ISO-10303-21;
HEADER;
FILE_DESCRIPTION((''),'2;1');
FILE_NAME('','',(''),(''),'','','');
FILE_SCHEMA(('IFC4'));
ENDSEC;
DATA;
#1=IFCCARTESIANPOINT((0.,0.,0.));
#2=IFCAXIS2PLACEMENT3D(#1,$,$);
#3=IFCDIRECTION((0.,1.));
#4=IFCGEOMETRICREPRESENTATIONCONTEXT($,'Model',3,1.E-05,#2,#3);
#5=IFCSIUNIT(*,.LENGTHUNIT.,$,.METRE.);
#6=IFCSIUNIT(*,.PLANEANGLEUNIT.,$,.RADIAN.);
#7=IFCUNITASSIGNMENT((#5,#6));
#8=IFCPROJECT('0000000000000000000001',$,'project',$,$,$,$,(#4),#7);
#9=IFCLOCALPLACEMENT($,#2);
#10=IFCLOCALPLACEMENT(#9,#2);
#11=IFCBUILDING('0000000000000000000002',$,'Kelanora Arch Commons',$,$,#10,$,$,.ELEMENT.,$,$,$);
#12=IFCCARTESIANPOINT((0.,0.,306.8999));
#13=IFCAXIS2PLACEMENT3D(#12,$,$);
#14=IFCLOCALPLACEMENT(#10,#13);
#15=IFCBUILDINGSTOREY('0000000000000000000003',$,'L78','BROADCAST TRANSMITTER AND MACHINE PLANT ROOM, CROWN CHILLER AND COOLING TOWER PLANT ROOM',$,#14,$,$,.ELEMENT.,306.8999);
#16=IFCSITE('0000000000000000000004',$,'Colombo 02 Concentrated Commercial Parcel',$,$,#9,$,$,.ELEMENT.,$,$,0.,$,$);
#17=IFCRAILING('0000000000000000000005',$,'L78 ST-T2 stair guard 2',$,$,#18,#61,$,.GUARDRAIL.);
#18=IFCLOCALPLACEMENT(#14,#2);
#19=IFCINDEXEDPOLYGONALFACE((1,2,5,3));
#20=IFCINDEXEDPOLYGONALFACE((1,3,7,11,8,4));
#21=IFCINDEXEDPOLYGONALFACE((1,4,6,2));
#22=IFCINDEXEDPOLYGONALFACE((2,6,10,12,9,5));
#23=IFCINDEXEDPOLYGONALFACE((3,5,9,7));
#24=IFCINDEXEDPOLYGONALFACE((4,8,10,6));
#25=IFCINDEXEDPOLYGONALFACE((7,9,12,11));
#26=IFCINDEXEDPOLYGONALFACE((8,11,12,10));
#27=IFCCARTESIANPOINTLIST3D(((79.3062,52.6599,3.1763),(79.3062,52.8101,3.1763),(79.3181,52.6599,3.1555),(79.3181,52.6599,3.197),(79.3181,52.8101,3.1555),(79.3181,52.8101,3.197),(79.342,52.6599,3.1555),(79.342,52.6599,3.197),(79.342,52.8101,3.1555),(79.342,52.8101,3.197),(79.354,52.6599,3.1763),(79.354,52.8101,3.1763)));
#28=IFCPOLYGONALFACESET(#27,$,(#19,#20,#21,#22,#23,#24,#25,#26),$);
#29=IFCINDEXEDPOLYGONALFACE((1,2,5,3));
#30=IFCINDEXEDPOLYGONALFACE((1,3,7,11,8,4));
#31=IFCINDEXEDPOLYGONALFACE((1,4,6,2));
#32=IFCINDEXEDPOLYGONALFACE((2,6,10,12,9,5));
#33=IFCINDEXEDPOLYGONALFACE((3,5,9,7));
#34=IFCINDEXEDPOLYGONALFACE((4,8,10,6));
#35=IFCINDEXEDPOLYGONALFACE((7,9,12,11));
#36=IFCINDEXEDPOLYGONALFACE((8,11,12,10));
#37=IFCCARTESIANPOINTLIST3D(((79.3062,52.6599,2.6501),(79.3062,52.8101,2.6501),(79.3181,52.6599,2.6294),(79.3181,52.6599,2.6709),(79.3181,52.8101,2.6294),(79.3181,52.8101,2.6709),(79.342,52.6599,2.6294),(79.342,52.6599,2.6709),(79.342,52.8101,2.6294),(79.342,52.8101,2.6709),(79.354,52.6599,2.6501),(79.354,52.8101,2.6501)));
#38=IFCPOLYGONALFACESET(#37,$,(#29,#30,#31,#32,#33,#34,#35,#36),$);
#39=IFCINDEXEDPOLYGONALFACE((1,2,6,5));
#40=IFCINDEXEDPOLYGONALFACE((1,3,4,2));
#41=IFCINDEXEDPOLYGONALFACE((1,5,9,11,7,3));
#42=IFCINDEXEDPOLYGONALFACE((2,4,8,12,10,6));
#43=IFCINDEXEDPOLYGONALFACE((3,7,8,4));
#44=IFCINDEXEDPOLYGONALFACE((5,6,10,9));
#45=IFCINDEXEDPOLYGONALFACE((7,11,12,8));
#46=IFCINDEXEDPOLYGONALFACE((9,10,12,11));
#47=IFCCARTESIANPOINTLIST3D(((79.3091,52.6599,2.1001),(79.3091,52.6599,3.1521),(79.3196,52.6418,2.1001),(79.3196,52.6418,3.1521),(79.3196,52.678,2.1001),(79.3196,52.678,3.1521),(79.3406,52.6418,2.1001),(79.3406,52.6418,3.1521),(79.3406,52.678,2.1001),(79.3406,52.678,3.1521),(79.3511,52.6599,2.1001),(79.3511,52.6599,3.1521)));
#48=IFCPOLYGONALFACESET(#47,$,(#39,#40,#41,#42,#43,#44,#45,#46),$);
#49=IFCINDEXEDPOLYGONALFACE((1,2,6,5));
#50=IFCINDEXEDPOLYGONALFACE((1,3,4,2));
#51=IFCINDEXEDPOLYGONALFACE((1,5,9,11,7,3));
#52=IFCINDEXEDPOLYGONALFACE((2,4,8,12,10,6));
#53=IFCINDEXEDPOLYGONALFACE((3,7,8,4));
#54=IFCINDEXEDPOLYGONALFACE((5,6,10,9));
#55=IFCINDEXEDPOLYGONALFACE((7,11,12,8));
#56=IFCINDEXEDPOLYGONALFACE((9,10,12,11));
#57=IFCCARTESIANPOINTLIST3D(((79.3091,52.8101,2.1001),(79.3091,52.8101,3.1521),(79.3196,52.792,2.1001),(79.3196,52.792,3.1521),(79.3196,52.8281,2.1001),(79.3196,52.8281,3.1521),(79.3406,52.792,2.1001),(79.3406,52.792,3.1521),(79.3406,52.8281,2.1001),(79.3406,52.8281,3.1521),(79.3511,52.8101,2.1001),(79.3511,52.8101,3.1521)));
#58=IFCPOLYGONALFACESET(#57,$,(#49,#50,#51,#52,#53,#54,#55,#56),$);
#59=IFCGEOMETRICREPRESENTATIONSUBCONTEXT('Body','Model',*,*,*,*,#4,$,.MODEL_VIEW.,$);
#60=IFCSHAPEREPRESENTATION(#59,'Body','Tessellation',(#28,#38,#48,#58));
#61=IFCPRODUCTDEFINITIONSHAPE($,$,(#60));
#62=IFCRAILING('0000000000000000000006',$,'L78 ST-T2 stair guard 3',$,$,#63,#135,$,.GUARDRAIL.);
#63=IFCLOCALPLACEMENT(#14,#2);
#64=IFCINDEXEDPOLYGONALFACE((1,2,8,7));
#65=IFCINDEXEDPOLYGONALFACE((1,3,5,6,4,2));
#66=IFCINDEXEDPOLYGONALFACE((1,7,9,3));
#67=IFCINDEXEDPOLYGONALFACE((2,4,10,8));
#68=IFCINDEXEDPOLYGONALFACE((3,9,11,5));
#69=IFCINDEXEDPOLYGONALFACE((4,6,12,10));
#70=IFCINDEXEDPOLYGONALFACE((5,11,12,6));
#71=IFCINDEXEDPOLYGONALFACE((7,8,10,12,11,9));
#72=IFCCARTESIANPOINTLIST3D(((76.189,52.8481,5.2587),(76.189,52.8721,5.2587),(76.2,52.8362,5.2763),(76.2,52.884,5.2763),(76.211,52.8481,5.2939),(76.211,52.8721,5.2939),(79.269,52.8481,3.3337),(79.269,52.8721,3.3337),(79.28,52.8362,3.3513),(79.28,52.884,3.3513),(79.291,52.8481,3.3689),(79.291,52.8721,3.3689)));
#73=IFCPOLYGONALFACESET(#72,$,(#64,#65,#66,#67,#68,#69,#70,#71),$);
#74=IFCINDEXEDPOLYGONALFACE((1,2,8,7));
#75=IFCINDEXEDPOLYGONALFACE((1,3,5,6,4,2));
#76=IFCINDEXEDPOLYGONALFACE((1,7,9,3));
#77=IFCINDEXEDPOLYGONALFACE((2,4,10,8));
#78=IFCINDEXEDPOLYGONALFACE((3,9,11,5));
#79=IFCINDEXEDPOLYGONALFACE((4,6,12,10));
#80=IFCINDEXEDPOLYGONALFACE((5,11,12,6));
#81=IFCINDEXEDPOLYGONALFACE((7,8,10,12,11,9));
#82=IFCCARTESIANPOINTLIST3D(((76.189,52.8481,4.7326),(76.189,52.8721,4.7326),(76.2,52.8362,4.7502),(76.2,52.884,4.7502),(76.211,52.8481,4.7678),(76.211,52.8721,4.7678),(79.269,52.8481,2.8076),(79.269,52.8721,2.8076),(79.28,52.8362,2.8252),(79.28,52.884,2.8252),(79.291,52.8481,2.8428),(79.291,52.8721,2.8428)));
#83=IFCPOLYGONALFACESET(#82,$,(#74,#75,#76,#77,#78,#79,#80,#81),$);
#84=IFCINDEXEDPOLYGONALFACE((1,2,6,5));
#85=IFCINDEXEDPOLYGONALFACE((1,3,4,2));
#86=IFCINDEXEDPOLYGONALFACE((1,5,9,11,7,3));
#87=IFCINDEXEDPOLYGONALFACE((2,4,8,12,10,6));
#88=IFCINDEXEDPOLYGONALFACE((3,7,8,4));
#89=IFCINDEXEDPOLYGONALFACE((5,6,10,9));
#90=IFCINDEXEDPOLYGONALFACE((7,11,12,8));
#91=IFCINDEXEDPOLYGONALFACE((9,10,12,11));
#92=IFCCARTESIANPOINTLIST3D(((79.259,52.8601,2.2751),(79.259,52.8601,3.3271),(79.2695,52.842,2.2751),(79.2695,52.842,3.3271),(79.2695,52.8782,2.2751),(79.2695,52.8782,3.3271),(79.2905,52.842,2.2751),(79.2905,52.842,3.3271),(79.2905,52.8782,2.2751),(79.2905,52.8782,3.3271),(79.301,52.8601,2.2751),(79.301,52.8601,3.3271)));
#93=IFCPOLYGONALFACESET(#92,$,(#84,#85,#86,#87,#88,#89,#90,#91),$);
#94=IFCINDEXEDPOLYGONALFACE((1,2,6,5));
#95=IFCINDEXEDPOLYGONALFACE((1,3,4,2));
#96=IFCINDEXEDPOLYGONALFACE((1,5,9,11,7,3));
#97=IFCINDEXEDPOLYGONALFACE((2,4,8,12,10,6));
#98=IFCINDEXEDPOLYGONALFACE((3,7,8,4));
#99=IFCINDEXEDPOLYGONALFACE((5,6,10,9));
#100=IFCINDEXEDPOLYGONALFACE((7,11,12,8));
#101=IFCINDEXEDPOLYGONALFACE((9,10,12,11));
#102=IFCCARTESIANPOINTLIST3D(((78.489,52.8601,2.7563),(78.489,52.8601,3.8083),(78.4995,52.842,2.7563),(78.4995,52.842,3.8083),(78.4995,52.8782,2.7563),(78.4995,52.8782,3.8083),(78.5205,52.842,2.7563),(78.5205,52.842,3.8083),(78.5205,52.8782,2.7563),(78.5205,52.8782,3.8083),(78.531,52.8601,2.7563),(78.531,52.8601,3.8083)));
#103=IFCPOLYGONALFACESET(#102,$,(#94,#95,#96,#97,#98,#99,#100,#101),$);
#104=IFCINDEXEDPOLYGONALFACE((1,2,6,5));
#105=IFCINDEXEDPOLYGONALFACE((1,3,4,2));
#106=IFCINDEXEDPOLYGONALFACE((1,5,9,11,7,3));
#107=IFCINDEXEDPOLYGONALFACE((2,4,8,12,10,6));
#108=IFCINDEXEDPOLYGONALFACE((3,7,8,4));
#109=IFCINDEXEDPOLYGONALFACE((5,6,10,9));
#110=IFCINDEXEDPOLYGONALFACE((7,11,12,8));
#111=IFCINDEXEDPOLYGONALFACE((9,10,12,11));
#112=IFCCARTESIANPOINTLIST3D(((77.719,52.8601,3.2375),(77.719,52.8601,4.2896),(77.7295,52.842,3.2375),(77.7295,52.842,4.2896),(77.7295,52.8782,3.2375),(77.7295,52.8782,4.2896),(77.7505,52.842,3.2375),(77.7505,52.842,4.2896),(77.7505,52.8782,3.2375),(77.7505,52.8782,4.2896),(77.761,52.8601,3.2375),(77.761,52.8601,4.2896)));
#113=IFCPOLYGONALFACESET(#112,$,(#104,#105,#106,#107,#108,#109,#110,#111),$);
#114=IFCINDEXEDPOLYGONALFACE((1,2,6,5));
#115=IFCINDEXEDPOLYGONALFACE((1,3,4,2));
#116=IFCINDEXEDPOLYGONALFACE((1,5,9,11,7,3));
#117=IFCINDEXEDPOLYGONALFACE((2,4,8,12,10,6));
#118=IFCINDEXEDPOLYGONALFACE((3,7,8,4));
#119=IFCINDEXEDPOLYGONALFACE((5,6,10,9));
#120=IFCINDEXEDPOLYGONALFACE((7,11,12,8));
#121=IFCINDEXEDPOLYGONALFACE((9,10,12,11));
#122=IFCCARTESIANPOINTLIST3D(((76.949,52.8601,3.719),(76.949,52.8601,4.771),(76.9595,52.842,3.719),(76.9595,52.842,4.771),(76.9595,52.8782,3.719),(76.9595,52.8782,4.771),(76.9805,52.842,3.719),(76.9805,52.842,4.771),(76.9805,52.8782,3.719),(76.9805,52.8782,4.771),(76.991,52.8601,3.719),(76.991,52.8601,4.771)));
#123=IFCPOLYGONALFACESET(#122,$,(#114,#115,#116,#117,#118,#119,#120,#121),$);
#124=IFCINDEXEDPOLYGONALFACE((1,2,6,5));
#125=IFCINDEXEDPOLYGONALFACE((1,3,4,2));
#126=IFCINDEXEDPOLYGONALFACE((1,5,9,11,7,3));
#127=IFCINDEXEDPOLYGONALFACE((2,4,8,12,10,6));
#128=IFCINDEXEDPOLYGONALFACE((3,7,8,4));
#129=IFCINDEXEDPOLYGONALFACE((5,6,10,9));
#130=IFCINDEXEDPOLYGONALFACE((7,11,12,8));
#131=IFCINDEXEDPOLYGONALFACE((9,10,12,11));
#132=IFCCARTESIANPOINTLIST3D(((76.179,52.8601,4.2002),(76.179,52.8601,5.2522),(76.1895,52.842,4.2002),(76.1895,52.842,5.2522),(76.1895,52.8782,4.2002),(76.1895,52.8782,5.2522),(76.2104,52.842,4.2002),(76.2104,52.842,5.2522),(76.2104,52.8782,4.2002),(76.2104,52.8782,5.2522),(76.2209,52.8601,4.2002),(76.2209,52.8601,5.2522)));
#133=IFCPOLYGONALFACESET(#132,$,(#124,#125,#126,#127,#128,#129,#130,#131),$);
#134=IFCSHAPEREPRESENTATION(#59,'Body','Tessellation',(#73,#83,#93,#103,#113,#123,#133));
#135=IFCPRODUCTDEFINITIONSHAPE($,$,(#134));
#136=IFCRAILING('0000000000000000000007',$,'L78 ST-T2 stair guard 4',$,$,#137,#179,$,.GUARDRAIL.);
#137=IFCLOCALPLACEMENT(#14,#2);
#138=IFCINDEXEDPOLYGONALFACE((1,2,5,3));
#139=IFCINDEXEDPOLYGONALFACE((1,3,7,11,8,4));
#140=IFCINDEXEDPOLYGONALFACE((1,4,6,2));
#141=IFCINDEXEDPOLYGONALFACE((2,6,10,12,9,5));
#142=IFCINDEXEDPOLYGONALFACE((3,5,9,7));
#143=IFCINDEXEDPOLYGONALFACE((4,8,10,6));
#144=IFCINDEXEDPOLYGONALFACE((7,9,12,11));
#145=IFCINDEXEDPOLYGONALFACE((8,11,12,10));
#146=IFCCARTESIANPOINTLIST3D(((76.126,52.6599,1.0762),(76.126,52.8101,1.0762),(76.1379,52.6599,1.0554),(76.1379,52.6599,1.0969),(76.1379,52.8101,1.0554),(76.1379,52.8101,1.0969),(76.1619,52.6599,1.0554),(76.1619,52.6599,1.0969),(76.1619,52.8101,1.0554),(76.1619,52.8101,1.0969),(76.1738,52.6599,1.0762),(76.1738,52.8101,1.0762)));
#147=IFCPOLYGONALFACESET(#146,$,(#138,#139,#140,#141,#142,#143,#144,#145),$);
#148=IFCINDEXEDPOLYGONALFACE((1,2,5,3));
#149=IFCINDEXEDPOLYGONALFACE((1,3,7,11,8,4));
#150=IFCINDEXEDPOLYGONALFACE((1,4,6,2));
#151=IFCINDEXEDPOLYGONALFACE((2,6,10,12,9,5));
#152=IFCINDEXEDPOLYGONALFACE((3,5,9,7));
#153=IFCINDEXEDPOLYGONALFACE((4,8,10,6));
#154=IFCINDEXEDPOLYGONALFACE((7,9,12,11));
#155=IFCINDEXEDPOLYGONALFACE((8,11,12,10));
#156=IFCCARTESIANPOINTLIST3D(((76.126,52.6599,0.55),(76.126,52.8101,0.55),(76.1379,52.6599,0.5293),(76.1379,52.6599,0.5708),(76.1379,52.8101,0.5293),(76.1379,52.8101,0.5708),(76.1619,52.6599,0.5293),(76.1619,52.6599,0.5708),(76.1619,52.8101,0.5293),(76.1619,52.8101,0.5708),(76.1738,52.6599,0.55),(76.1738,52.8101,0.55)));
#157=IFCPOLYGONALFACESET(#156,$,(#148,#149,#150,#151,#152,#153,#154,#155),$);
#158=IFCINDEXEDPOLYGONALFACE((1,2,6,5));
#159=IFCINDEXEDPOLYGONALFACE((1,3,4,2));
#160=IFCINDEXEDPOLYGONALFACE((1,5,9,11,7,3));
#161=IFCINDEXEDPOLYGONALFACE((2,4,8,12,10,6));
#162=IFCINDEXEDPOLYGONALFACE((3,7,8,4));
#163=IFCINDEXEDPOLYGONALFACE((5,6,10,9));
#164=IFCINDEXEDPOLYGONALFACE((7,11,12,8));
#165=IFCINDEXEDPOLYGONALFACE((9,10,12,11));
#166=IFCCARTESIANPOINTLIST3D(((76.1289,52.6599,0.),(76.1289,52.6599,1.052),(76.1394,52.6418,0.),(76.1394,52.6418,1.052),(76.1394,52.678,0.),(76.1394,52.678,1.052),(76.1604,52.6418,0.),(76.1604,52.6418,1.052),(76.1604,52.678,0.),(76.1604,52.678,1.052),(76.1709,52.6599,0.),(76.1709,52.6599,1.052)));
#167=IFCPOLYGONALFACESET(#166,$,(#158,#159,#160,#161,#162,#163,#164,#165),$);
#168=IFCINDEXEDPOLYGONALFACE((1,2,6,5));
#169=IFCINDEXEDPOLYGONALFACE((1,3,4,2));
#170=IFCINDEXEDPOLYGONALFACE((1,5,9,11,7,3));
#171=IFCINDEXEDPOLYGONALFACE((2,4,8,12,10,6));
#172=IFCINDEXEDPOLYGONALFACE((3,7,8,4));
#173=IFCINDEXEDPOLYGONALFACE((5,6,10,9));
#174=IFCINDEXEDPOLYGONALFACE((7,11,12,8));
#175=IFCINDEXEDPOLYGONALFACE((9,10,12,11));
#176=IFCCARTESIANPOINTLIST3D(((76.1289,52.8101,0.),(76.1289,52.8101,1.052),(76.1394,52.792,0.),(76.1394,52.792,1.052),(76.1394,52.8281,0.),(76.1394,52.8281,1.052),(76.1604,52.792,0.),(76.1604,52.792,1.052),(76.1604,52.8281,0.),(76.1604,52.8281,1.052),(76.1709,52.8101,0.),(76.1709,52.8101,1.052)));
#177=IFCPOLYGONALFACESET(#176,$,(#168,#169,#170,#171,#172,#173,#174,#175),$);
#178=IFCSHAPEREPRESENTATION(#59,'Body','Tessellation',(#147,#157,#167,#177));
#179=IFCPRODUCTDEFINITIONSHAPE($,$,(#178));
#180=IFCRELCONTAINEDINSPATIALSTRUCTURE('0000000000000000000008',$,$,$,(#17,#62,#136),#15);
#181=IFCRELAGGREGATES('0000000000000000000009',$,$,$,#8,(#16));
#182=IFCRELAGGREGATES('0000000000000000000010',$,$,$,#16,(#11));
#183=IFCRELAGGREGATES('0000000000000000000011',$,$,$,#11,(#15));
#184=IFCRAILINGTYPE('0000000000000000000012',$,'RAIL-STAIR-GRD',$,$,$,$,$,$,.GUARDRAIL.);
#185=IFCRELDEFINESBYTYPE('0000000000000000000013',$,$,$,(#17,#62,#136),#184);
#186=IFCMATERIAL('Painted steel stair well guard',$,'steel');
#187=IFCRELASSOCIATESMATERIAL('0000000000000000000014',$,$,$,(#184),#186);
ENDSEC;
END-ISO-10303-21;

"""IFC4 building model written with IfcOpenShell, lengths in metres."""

from ifc_helpers import new_model, si_unit, direction, frame, origin, place, context, subcontext, project, spatial, polyline, outline, extrude, material, type_object, element, save


model = new_model("IFC4")

# Units and contexts
model_context = context("Model", 3, precision=1e-05, world=origin(), true_north=direction((0.0, 1.0)))
body_context = subcontext(model_context, "Body", "Model", "MODEL_VIEW")
ifc_project = project(units=[si_unit("LENGTHUNIT", "METRE"), si_unit("PLANEANGLEUNIT", "RADIAN")], contexts=[model_context])

# Site, building, storey
site_placement = place(None, origin())
site = spatial("IfcSite", under=ifc_project, at=site_placement, Name="Colombo 02 Concentrated Commercial Parcel", CompositionType="ELEMENT", RefElevation=0.0)
building_placement = place(site_placement, origin())
building = spatial("IfcBuilding", under=site, at=building_placement, Name="Kelanora Arch Commons", CompositionType="ELEMENT")
storey_placement = place(building_placement, frame((0.0, 0.0, 306.8999)))
storey = spatial("IfcBuildingStorey", under=building, at=storey_placement, Name="L78", Description="BROADCAST TRANSMITTER AND MACHINE PLANT ROOM, CROWN CHILLER AND COOLING TOWER PLANT ROOM", CompositionType="ELEMENT", Elevation=306.8999)

# Railings
ifc_material_1 = material(Name="Painted steel stair well guard", Category="steel")
railing_type_1 = type_object("IfcRailingType", Name="RAIL-STAIR-GRD", PredefinedType="GUARDRAIL", material=ifc_material_1)
railing_1_placement = place(storey_placement, frame((79.3301, 52.6599, 2.1001)))
element("IfcRailing", 1, at=railing_1_placement, inside=storey, type_object=railing_type_1, Name="L78 ST-T2 stair guard 2", PredefinedType="GUARDRAIL", context=body_context, shape_type="SweptSolid", body=[
    extrude(outline(polyline([(0.0239, 0.0), (0.012, 0.0208), (-0.012, 0.0208), (-0.0239, 0.0), (-0.012, -0.0208), (0.012, -0.0208), (0.0239, 0.0)])), frame((0.0, 0.0, 1.0762), z_axis=(0.0, 1.0, 0.0), x_axis=(-1.0, 0.0, 0.0)), (0.0, 0.0, 1.0), 0.1501),
    extrude(outline(polyline([(0.0239, 0.0), (0.012, 0.0208), (-0.012, 0.0208), (-0.0239, 0.0), (-0.012, -0.0208), (0.012, -0.0208), (0.0239, 0.0)])), frame((0.0, 0.0, 0.55), z_axis=(0.0, 1.0, 0.0), x_axis=(-1.0, 0.0, 0.0)), (0.0, 0.0, 1.0), 0.1501),
    extrude(outline(polyline([(0.021, 0.0), (0.0105, 0.0181), (-0.0105, 0.0181), (-0.021, 0.0), (-0.0105, -0.0181), (0.0105, -0.0181), (0.021, 0.0)])), origin(), (0.0, 0.0, 1.0), 1.052),
    extrude(outline(polyline([(0.021, 0.0), (0.0105, 0.0181), (-0.0105, 0.0181), (-0.021, 0.0), (-0.0105, -0.0181), (0.0105, -0.0181), (0.021, 0.0)])), frame((0.0, 0.1501, 0.0)), (0.0, 0.0, 1.0), 1.052),
])
railing_2_placement = place(storey_placement, frame((79.28, 52.8601, 2.2751)))
element("IfcRailing", 2, at=railing_2_placement, inside=storey, type_object=railing_type_1, Name="L78 ST-T2 stair guard 3", PredefinedType="GUARDRAIL", context=body_context, shape_type="SweptSolid", body=[
    extrude(outline(polyline([(0.0239, 0.0), (0.012, 0.0208), (-0.012, 0.0208), (-0.0239, 0.0), (-0.012, -0.0208), (0.012, -0.0208), (0.0239, 0.0)])), frame((0.0, 0.0, 1.0762), z_axis=(-0.847998, 0.0, 0.529999), x_axis=(0.0, -1.0, 0.0)), (0.0, 0.0, 1.0), 3.6321),
    extrude(outline(polyline([(0.0239, 0.0), (0.012, 0.0208), (-0.012, 0.0208), (-0.0239, 0.0), (-0.012, -0.0208), (0.012, -0.0208), (0.0239, 0.0)])), frame((0.0, 0.0, 0.55), z_axis=(-0.847998, 0.0, 0.529999), x_axis=(0.0, -1.0, 0.0)), (0.0, 0.0, 1.0), 3.6321),
    extrude(outline(polyline([(0.021, 0.0), (0.0105, 0.0181), (-0.0105, 0.0181), (-0.021, 0.0), (-0.0105, -0.0181), (0.0105, -0.0181), (0.021, 0.0)])), origin(), (0.0, 0.0, 1.0), 1.052),
    extrude(outline(polyline([(0.021, 0.0), (0.0105, 0.0181), (-0.0105, 0.0181), (-0.021, 0.0), (-0.0105, -0.0181), (0.0105, -0.0181), (0.021, 0.0)])), frame((-0.77, 0.0, 0.4812)), (0.0, 0.0, 1.0), 1.052),
    extrude(outline(polyline([(0.021, 0.0), (0.0105, 0.0181), (-0.0105, 0.0181), (-0.021, 0.0), (-0.0105, -0.0181), (0.0105, -0.0181), (0.021, 0.0)])), frame((-1.54, 0.0, 0.9624)), (0.0, 0.0, 1.0), 1.052),
    extrude(outline(polyline([(0.021, 0.0), (0.0105, 0.0181), (-0.0105, 0.0181), (-0.021, 0.0), (-0.0105, -0.0181), (0.0105, -0.0181), (0.021, 0.0)])), frame((-2.3101, 0.0, 1.4438)), (0.0, 0.0, 1.0), 1.052),
    extrude(outline(polyline([(0.021, 0.0), (0.0105, 0.0181), (-0.0105, 0.0181), (-0.021, 0.0), (-0.0105, -0.0181), (0.0105, -0.0181), (0.021, 0.0)])), frame((-3.0801, 0.0, 1.925)), (0.0, 0.0, 1.0), 1.052),
])
railing_3_placement = place(storey_placement, frame((76.1499, 52.6599, 0.0)))
element("IfcRailing", 3, at=railing_3_placement, inside=storey, type_object=railing_type_1, Name="L78 ST-T2 stair guard 4", PredefinedType="GUARDRAIL", context=body_context, shape_type="SweptSolid", body=[
    extrude(outline(polyline([(0.0239, 0.0), (0.012, 0.0208), (-0.012, 0.0208), (-0.0239, 0.0), (-0.012, -0.0208), (0.012, -0.0208), (0.0239, 0.0)])), frame((0.0, 0.0, 1.0762), z_axis=(0.0, 1.0, 0.0), x_axis=(-1.0, 0.0, 0.0)), (0.0, 0.0, 1.0), 0.1501),
    extrude(outline(polyline([(0.0239, 0.0), (0.012, 0.0208), (-0.012, 0.0208), (-0.0239, 0.0), (-0.012, -0.0208), (0.012, -0.0208), (0.0239, 0.0)])), frame((0.0, 0.0, 0.55), z_axis=(0.0, 1.0, 0.0), x_axis=(-1.0, 0.0, 0.0)), (0.0, 0.0, 1.0), 0.1501),
    extrude(outline(polyline([(0.021, 0.0), (0.0105, 0.0181), (-0.0105, 0.0181), (-0.021, 0.0), (-0.0105, -0.0181), (0.0105, -0.0181), (0.021, 0.0)])), origin(), (0.0, 0.0, 1.0), 1.052),
    extrude(outline(polyline([(0.021, 0.0), (0.0105, 0.0181), (-0.0105, 0.0181), (-0.021, 0.0), (-0.0105, -0.0181), (0.0105, -0.0181), (0.021, 0.0)])), frame((0.0, 0.1501, 0.0)), (0.0, 0.0, 1.0), 1.052),
])

save(model, "model.ifc")
